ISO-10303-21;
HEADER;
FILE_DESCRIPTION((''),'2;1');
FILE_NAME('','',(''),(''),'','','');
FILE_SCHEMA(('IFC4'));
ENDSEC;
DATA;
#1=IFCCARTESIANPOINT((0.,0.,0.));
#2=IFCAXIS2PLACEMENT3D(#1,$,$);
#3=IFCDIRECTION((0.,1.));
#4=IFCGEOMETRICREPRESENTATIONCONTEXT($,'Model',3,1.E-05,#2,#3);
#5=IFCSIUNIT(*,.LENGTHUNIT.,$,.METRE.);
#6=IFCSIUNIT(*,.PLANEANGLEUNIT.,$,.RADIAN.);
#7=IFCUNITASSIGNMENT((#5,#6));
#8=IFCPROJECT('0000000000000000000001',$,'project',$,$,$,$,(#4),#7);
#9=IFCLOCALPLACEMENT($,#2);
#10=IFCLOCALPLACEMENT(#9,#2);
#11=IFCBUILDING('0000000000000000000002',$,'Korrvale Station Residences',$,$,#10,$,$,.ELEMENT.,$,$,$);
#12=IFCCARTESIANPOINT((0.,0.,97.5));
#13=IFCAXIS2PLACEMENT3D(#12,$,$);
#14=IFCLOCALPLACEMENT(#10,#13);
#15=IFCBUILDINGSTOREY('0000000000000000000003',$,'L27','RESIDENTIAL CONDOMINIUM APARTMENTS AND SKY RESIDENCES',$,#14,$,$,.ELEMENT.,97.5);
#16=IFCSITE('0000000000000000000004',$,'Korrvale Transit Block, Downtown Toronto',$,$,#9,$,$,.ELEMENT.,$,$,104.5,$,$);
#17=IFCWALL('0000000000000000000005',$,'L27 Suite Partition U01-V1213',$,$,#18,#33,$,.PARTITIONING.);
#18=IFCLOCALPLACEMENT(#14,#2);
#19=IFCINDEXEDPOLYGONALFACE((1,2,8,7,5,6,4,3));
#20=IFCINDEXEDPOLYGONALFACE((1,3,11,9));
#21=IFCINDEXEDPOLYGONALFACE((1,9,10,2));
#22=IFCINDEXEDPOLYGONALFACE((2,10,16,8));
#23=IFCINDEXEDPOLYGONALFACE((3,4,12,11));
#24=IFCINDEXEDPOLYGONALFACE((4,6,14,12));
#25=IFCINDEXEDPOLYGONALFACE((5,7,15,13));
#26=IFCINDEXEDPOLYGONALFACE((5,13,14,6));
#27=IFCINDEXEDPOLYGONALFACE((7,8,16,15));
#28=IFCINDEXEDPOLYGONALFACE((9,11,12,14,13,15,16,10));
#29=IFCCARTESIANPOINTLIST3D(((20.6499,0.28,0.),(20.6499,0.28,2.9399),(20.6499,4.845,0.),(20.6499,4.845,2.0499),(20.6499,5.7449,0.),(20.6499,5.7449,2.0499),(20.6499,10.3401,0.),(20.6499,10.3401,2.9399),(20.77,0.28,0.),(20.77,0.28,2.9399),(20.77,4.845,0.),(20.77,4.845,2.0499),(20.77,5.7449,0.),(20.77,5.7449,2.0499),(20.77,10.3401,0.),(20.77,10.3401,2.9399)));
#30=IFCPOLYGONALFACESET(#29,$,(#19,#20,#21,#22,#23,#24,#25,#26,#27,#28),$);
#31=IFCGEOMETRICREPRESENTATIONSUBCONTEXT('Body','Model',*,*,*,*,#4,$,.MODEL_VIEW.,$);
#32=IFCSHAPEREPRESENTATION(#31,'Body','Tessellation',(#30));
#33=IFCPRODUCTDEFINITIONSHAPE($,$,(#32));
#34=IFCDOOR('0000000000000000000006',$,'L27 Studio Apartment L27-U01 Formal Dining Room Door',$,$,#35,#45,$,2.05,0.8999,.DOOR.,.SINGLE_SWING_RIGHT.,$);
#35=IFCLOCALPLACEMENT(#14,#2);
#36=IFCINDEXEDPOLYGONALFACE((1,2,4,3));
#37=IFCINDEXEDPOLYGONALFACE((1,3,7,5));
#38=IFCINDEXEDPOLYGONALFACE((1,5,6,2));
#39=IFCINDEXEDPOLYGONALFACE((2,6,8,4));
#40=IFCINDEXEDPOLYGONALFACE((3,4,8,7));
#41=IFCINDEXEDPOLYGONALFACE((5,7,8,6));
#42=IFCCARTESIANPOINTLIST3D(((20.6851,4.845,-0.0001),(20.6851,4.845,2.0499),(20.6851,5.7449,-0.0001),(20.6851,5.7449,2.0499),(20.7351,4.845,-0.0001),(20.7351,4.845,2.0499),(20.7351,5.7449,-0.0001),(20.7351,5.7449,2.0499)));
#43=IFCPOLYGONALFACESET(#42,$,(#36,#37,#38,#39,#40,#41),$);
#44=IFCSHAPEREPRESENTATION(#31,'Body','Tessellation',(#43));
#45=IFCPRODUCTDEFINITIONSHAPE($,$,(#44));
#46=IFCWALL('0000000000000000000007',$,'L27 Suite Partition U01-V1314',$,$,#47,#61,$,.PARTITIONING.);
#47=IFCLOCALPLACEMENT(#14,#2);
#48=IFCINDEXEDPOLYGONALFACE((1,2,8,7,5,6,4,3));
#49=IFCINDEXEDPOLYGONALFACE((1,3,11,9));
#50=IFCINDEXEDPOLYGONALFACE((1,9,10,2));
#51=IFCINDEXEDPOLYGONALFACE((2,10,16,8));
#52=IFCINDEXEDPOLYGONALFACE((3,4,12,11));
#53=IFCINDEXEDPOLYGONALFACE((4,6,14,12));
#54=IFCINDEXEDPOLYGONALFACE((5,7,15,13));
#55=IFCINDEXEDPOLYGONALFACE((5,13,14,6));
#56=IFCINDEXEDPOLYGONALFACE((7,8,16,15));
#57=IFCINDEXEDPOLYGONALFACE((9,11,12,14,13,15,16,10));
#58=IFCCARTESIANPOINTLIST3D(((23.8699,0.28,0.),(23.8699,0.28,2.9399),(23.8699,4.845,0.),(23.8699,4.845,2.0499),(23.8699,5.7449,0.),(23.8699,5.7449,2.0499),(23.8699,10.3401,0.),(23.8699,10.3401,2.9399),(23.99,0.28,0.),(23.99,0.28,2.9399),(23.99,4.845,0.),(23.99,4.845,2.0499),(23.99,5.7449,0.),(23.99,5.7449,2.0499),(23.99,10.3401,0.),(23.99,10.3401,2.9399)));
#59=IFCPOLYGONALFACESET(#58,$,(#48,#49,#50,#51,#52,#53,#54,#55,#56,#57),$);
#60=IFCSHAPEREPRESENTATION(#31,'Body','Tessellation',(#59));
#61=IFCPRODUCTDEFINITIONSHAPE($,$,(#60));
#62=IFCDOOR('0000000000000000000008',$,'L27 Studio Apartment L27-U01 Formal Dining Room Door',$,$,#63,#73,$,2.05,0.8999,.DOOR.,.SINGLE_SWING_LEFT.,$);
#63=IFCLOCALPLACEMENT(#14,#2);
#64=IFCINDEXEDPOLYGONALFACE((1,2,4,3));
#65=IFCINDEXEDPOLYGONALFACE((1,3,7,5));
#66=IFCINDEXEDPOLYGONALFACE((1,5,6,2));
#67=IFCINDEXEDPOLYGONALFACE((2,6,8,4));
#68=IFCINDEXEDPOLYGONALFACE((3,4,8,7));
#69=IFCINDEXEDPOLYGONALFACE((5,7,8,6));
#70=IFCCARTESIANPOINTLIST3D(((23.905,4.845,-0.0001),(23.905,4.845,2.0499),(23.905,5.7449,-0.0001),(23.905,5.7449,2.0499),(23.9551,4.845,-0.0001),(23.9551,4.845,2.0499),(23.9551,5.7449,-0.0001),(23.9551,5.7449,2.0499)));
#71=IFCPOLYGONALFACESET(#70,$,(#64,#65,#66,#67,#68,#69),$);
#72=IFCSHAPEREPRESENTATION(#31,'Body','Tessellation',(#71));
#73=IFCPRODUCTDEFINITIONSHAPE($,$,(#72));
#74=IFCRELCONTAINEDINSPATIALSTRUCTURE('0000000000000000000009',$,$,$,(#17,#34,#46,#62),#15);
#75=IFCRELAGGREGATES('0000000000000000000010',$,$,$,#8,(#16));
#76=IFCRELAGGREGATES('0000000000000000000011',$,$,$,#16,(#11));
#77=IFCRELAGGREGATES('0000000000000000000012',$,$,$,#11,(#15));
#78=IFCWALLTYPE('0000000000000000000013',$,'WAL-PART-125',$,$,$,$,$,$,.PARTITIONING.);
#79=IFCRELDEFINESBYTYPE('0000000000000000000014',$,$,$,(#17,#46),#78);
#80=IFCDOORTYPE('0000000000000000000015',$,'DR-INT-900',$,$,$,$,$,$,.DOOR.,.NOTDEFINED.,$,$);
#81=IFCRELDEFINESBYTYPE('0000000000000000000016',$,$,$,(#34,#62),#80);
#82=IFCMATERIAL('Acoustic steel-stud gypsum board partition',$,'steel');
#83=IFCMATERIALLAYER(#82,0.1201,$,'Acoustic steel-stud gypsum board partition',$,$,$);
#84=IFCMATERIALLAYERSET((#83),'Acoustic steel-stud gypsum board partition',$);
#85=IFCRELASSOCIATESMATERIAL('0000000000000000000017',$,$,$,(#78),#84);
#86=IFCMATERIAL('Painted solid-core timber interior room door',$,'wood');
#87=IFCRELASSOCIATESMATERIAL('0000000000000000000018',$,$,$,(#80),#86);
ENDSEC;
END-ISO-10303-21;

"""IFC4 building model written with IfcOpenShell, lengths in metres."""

from ifc_helpers import new_model, si_unit, direction, frame, frame_2d, origin, place, context, subcontext, project, spatial, rectangle, extrude, material, layer, layer_set, type_object, element, fill, save


model = new_model("IFC4")

# Units and contexts
model_context = context("Model", 3, precision=1e-05, world=origin(), true_north=direction((0.0, 1.0)))
body_context = subcontext(model_context, "Body", "Model", "MODEL_VIEW")
ifc_project = project(units=[si_unit("LENGTHUNIT", "METRE"), si_unit("PLANEANGLEUNIT", "RADIAN")], contexts=[model_context])

# Site, building, storey
site_placement = place(None, origin())
site = spatial("IfcSite", under=ifc_project, at=site_placement, Name="Korrvale Transit Block, Downtown Toronto", CompositionType="ELEMENT", RefElevation=104.5)
building_placement = place(site_placement, origin())
building = spatial("IfcBuilding", under=site, at=building_placement, Name="Korrvale Station Residences", CompositionType="ELEMENT")
storey_placement = place(building_placement, frame((0.0, 0.0, 97.5)))
storey = spatial("IfcBuildingStorey", under=building, at=storey_placement, Name="L27", Description="RESIDENTIAL CONDOMINIUM APARTMENTS AND SKY RESIDENCES", CompositionType="ELEMENT", Elevation=97.5)

# Walls, openings, doors
ifc_material_1 = material(Name="Acoustic steel-stud gypsum board partition", Category="steel")
ifc_layer_1 = layer(ifc_material_1, 0.1201, Name="Acoustic steel-stud gypsum board partition")
ifc_layer_set_1 = layer_set([ifc_layer_1], Name="Acoustic steel-stud gypsum board partition")
wall_type_1 = type_object("IfcWallType", Name="WAL-PART-125", PredefinedType="PARTITIONING", material=ifc_layer_set_1)
ifc_material_2 = material(Name="Painted solid-core timber interior room door", Category="wood")
door_type = type_object("IfcDoorType", Name="DR-INT-900", OperationType="NOTDEFINED", PredefinedType="DOOR", material=ifc_material_2)
wall_1_placement = place(storey_placement, frame((20.71, 0.28, 0.0), z_axis=(0.0, 0.0, 1.0), x_axis=(0.0, 1.0, 0.0)))
wall_1 = element("IfcWall", 1, at=wall_1_placement, inside=storey, type_object=wall_type_1, Name="L27 Suite Partition U01-V1213", PredefinedType="PARTITIONING", context=body_context, shape_type="SweptSolid", body=[
    extrude(rectangle(XDim=10.0601, YDim=0.1201, at=frame_2d((5.03, 0.0))), origin(), (0.0, 0.0, 1.0), 2.9399),
])
opening_1_placement = place(wall_1_placement, frame((4.5649, 0.0, 0.0)))
opening_1 = element("IfcOpeningElement", 2, at=opening_1_placement, cuts=wall_1, PredefinedType="OPENING", context=body_context, shape_type="SweptSolid", body=[
    extrude(rectangle(XDim=0.8999, YDim=2.05, at=frame_2d((0.45, 1.0249))), frame((0.0, 0.0701, 0.0), z_axis=(0.0, -1.0, 0.0), x_axis=(1.0, 0.0, 0.0)), (0.0, 0.0, 1.0), 0.1401),
])
door_1_placement = place(opening_1_placement, origin())
door_1 = element("IfcDoor", 3, at=door_1_placement, inside=storey, type_object=door_type, Name="L27 Studio Apartment L27-U01 Formal Dining Room Door", OperationType="SINGLE_SWING_RIGHT", OverallHeight=2.05, OverallWidth=0.8999, PredefinedType="DOOR", context=body_context, shape_type="SweptSolid", body=[
    extrude(rectangle(XDim=0.8999, YDim=2.05, at=frame_2d((0.45, 1.0249))), frame((0.0, 0.0249, 0.0), z_axis=(0.0, -1.0, 0.0), x_axis=(1.0, 0.0, 0.0)), (0.0, 0.0, 1.0), 0.05),
])
fill(opening_1, door_1)
wall_2_placement = place(storey_placement, frame((23.9299, 0.28, 0.0), z_axis=(0.0, 0.0, 1.0), x_axis=(0.0, 1.0, 0.0)))
wall_2 = element("IfcWall", 4, at=wall_2_placement, inside=storey, type_object=wall_type_1, Name="L27 Suite Partition U01-V1314", PredefinedType="PARTITIONING", context=body_context, shape_type="SweptSolid", body=[
    extrude(rectangle(XDim=10.0601, YDim=0.1201, at=frame_2d((5.03, 0.0))), origin(), (0.0, 0.0, 1.0), 2.9399),
])
opening_2_placement = place(wall_2_placement, frame((4.5649, 0.0, 0.0)))
opening_2 = element("IfcOpeningElement", 5, at=opening_2_placement, cuts=wall_2, PredefinedType="OPENING", context=body_context, shape_type="SweptSolid", body=[
    extrude(rectangle(XDim=0.8999, YDim=2.05, at=frame_2d((0.45, 1.0249))), frame((0.0, 0.0701, 0.0), z_axis=(0.0, -1.0, 0.0), x_axis=(1.0, 0.0, 0.0)), (0.0, 0.0, 1.0), 0.1401),
])
door_2_placement = place(opening_2_placement, origin())
door_2 = element("IfcDoor", 6, at=door_2_placement, inside=storey, type_object=door_type, Name="L27 Studio Apartment L27-U01 Formal Dining Room Door", OperationType="SINGLE_SWING_LEFT", OverallHeight=2.05, OverallWidth=0.8999, PredefinedType="DOOR", context=body_context, shape_type="SweptSolid", body=[
    extrude(rectangle(XDim=0.8999, YDim=2.05, at=frame_2d((0.45, 1.0249))), frame((0.0, 0.0249, 0.0), z_axis=(0.0, -1.0, 0.0), x_axis=(1.0, 0.0, 0.0)), (0.0, 0.0, 1.0), 0.05),
])
fill(opening_2, door_2)

save(model, "model.ifc")
